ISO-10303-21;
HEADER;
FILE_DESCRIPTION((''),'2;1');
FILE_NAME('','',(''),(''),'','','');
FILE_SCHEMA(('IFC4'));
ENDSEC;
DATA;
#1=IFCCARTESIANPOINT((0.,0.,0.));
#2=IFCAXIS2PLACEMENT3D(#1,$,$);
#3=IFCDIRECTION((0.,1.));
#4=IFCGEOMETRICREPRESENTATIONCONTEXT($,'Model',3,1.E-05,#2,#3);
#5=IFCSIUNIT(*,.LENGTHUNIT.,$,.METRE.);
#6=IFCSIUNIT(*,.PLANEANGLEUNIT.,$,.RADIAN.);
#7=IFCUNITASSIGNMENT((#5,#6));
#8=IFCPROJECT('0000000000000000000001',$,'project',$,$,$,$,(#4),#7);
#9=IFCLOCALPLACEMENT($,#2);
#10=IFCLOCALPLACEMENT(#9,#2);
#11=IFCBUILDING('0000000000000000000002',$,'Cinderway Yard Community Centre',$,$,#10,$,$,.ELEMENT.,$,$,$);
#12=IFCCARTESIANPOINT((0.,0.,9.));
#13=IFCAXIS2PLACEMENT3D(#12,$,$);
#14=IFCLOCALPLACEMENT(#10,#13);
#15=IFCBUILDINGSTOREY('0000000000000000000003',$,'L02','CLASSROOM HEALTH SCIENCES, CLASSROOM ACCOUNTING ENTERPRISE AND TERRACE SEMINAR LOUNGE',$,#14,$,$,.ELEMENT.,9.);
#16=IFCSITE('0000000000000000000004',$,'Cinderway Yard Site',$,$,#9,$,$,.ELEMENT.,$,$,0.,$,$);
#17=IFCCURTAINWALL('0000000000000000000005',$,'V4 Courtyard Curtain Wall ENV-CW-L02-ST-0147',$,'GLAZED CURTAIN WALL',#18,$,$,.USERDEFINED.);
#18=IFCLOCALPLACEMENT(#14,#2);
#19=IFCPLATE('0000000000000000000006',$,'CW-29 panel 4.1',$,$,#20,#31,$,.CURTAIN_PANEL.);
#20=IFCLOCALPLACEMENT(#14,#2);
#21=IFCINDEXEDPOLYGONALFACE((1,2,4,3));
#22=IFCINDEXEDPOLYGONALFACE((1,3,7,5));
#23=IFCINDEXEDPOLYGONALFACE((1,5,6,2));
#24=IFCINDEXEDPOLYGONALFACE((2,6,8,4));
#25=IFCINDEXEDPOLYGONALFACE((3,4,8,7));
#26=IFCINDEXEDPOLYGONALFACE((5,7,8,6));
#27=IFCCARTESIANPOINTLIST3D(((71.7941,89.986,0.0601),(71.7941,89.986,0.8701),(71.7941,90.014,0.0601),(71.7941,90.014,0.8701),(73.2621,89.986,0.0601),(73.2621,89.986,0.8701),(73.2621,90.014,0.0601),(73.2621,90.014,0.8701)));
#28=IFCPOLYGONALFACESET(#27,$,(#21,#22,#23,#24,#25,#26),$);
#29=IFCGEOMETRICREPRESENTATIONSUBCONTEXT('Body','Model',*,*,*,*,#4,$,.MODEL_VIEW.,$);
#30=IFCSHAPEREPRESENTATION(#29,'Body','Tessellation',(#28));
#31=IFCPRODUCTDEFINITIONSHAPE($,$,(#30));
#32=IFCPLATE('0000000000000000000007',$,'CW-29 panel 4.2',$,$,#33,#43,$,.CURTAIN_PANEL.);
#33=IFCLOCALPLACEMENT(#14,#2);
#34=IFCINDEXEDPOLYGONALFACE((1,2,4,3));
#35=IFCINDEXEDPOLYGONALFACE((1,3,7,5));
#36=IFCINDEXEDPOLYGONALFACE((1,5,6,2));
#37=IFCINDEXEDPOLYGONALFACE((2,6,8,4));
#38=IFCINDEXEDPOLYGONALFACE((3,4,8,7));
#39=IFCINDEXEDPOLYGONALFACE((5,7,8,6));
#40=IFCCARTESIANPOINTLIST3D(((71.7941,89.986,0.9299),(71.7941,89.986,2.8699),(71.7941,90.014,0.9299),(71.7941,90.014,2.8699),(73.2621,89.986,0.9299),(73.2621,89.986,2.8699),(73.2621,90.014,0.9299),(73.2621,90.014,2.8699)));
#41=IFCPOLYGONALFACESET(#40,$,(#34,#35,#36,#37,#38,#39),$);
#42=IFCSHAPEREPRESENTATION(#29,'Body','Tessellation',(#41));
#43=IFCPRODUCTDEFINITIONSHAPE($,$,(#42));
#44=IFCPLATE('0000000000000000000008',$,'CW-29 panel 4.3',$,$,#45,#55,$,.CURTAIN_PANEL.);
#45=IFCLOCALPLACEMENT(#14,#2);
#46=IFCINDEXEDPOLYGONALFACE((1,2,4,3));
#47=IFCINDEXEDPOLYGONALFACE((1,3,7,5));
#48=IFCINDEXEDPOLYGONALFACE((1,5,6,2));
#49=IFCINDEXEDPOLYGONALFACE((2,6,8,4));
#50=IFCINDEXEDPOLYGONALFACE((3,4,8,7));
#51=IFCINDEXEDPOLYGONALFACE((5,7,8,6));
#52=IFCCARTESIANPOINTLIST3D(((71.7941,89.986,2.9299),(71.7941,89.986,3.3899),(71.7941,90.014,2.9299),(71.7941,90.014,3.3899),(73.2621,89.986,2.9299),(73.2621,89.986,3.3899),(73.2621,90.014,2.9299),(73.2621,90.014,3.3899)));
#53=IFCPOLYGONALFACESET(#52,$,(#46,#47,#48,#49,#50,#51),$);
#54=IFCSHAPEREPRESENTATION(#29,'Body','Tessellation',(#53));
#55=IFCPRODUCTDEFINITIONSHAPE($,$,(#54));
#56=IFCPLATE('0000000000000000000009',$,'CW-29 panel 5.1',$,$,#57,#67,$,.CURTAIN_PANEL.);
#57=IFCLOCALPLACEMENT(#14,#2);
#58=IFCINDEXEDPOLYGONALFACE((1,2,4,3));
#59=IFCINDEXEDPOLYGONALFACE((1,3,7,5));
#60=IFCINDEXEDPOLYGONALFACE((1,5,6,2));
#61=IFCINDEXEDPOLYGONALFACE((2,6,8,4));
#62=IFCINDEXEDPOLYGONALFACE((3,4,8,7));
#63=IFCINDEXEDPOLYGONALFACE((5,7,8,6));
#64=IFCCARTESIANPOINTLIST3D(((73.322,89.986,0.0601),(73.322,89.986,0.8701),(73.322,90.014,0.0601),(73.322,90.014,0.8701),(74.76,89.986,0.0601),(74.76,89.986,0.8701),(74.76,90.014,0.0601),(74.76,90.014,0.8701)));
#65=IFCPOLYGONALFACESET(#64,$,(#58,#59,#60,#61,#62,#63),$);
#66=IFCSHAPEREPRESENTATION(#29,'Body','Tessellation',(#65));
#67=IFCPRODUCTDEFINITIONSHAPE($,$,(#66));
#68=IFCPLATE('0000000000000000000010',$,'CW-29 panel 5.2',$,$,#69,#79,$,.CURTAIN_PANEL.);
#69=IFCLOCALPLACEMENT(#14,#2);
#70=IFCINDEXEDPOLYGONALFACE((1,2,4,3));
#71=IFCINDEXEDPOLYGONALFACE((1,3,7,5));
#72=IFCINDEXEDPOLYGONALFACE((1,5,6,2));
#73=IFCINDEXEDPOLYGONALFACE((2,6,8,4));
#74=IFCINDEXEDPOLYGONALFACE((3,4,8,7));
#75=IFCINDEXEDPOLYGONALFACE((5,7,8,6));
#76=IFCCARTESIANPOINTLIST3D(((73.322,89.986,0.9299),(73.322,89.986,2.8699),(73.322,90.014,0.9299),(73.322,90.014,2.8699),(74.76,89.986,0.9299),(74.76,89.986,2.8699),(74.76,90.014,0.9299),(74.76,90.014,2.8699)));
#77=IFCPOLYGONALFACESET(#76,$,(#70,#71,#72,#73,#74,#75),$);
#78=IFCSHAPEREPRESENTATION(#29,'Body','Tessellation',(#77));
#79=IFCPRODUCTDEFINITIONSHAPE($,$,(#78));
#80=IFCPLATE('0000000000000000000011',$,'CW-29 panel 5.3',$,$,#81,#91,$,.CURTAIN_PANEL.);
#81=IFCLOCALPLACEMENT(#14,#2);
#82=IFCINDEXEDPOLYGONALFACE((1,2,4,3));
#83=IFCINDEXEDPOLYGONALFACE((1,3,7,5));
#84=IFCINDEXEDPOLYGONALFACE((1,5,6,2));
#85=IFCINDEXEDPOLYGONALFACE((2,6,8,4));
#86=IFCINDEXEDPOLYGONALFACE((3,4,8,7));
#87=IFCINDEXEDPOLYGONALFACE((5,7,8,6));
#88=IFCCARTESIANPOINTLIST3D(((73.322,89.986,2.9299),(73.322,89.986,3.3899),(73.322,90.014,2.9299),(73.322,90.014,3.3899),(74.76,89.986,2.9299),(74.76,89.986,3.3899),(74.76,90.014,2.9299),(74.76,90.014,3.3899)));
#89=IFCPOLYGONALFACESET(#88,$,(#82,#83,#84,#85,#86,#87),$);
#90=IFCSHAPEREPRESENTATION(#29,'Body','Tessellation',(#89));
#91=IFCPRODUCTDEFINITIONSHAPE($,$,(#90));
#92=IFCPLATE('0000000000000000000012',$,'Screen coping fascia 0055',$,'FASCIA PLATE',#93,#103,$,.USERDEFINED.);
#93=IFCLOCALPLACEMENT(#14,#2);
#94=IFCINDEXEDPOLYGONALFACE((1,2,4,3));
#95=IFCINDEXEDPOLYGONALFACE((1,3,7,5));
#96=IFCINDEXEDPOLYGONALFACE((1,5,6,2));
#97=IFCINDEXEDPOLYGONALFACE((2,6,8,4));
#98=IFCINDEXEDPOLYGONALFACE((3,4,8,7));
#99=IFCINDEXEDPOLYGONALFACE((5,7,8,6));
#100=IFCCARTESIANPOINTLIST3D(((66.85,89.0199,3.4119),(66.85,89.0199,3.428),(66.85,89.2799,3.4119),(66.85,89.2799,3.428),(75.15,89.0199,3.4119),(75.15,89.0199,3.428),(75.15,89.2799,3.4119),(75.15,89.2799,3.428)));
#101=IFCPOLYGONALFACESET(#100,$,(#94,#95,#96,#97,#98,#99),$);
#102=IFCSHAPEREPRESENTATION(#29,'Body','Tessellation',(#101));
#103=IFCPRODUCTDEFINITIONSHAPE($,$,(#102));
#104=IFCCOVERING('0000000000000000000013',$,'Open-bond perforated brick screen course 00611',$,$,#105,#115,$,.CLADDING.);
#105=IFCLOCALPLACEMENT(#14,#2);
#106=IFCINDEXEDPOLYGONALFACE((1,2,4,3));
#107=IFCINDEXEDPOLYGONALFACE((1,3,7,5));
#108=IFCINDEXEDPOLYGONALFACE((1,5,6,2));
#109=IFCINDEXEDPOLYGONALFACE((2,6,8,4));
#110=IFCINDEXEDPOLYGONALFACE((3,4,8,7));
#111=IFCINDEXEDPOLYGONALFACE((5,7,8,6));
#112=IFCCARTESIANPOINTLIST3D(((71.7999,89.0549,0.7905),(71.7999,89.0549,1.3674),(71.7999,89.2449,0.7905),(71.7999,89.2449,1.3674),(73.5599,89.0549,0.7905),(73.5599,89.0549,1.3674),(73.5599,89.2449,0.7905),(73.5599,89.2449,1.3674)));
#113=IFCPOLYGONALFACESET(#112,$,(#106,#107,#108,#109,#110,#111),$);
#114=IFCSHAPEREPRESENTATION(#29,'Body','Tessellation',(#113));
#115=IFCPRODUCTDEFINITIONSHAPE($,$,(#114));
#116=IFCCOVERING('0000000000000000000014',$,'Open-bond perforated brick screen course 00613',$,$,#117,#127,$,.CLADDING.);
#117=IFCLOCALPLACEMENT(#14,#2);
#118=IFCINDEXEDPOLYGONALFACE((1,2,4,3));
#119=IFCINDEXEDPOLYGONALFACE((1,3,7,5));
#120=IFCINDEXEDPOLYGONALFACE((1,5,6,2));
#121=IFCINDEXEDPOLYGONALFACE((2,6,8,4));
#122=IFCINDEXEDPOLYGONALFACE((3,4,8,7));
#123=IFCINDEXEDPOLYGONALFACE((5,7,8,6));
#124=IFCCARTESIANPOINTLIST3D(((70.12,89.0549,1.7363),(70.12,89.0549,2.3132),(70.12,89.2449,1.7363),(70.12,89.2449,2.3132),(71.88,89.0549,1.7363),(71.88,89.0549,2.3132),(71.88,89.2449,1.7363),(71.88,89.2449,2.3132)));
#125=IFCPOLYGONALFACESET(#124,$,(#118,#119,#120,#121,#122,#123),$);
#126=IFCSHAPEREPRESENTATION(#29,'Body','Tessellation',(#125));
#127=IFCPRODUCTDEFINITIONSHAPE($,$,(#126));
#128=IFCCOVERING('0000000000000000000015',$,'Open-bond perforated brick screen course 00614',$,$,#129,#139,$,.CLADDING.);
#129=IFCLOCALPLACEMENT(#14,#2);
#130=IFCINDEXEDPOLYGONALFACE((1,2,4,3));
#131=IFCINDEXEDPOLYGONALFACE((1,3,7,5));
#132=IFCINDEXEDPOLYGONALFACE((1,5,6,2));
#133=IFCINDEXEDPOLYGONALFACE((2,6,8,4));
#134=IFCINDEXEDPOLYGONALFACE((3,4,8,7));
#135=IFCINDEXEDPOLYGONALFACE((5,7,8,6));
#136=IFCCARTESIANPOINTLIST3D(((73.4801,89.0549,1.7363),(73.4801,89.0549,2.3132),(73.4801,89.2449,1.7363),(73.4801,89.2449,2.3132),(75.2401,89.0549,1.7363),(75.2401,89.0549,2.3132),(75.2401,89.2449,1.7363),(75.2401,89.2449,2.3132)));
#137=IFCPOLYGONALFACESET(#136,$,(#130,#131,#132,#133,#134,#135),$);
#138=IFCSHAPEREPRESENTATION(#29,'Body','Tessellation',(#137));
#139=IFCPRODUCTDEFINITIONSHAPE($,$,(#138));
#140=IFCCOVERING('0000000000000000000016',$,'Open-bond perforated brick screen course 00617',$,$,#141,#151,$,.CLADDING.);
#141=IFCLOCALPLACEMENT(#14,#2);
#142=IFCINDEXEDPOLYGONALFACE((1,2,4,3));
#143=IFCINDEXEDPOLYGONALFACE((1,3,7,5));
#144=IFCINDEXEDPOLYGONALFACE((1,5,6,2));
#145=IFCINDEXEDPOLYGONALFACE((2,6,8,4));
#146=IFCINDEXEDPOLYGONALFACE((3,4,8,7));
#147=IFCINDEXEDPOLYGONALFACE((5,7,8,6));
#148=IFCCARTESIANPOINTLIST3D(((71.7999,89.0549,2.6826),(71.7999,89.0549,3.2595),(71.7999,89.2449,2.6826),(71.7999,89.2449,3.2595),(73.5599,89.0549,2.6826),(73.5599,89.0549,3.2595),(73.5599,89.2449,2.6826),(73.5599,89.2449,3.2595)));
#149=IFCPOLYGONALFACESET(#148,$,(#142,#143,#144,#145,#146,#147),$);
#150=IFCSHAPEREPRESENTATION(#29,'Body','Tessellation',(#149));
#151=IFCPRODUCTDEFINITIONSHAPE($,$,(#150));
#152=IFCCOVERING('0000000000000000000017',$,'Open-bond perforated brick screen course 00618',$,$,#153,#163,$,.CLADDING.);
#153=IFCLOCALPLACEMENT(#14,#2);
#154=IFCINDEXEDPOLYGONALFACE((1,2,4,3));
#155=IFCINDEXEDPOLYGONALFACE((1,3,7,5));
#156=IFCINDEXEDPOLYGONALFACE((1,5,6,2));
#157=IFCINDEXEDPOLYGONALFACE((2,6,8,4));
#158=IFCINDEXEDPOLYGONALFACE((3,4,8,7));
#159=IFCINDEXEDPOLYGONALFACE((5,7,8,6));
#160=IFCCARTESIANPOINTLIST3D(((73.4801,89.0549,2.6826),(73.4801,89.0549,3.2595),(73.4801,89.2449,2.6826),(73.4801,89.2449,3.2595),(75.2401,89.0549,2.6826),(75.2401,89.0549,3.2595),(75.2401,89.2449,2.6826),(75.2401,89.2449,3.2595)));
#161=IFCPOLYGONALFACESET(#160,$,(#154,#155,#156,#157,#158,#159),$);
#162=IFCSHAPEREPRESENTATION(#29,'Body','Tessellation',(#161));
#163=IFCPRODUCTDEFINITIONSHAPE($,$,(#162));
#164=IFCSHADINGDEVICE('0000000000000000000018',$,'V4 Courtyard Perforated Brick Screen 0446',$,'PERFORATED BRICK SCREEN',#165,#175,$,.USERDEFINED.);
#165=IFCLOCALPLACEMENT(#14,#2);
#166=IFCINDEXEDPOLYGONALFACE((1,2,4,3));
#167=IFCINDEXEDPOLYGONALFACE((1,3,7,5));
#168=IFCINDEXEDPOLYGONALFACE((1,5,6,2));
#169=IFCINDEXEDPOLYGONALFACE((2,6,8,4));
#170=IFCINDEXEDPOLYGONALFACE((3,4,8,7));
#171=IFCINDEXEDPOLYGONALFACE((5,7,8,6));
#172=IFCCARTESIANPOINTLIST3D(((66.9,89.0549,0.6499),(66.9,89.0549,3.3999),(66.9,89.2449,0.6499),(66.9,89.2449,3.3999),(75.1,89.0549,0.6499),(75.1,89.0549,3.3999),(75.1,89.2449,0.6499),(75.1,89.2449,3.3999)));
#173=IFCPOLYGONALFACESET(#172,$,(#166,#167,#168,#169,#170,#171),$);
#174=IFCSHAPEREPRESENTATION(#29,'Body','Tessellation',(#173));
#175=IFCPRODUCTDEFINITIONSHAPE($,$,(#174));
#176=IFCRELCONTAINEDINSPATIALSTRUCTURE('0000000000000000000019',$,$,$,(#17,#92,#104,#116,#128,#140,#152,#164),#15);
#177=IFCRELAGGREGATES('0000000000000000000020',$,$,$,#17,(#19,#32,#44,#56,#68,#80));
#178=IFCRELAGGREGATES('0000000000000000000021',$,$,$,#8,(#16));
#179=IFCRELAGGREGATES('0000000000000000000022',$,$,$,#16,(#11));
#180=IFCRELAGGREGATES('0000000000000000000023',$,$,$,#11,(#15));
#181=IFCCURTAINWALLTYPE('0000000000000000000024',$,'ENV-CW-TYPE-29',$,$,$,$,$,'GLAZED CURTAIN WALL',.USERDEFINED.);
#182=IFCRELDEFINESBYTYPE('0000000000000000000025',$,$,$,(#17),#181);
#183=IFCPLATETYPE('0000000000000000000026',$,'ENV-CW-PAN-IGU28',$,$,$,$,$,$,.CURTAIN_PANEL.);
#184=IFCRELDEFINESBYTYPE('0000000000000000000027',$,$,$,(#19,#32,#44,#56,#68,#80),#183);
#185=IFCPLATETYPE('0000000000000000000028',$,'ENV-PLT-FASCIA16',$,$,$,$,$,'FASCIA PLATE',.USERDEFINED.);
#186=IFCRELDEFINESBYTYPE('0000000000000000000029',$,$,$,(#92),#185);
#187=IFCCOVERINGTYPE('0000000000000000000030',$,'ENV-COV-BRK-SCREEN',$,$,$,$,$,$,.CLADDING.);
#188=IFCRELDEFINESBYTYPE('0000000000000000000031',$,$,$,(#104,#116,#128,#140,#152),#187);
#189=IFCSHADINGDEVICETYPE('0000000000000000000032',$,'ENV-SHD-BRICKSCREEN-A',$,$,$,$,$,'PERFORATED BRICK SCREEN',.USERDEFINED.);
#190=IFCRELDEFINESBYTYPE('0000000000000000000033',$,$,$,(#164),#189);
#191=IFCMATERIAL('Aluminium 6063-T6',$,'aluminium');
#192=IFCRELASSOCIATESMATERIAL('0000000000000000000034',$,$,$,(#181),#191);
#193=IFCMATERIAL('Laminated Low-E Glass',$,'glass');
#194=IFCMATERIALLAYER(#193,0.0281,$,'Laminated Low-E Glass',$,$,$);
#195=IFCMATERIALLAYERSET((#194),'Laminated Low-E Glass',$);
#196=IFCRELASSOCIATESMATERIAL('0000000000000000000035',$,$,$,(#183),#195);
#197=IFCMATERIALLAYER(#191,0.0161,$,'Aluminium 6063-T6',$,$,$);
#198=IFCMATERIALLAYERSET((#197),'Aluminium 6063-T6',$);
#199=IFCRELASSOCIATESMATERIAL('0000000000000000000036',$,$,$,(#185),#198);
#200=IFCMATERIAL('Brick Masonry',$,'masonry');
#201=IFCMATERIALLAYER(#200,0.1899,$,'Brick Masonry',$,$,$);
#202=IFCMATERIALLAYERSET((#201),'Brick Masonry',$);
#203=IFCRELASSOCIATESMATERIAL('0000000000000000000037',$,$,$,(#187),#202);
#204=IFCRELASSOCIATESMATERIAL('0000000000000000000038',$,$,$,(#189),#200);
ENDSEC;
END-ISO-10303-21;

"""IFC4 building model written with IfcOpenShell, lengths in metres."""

from ifc_helpers import new_model, si_unit, direction, frame, origin, origin_2d, place, context, subcontext, project, spatial, rectangle, extrude, material, layer, layer_set, type_object, element, aggregate, save


model = new_model("IFC4")

# Units and contexts
model_context = context("Model", 3, precision=1e-05, world=origin(), true_north=direction((0.0, 1.0)))
body_context = subcontext(model_context, "Body", "Model", "MODEL_VIEW")
ifc_project = project(units=[si_unit("LENGTHUNIT", "METRE"), si_unit("PLANEANGLEUNIT", "RADIAN")], contexts=[model_context])

# Site, building, storey
site_placement = place(None, origin())
site = spatial("IfcSite", under=ifc_project, at=site_placement, Name="Cinderway Yard Site", CompositionType="ELEMENT", RefElevation=0.0)
building_placement = place(site_placement, origin())
building = spatial("IfcBuilding", under=site, at=building_placement, Name="Cinderway Yard Community Centre", CompositionType="ELEMENT")
storey_placement = place(building_placement, frame((0.0, 0.0, 9.0)))
storey = spatial("IfcBuildingStorey", under=building, at=storey_placement, Name="L02", Description="CLASSROOM HEALTH SCIENCES, CLASSROOM ACCOUNTING ENTERPRISE AND TERRACE SEMINAR LOUNGE", CompositionType="ELEMENT", Elevation=9.0)

# Curtain wall
ifc_material_1 = material(Name="Aluminium 6063-T6", Category="aluminium")
curtain_wall_type = type_object("IfcCurtainWallType", Name="ENV-CW-TYPE-29", ElementType="GLAZED CURTAIN WALL", PredefinedType="USERDEFINED", material=ifc_material_1)
curtain_wall_placement = place(storey_placement, origin())
curtain_wall = element("IfcCurtainWall", 1, at=curtain_wall_placement, inside=storey, type_object=curtain_wall_type, Name="V4 Courtyard Curtain Wall ENV-CW-L02-ST-0147", ObjectType="GLAZED CURTAIN WALL", PredefinedType="USERDEFINED")

# Plates
ifc_material_2 = material(Name="Laminated Low-E Glass", Category="glass")
ifc_layer_1 = layer(ifc_material_2, 0.0281, Name="Laminated Low-E Glass")
ifc_layer_set_1 = layer_set([ifc_layer_1], Name="Laminated Low-E Glass")
plate_type_1 = type_object("IfcPlateType", Name="ENV-CW-PAN-IGU28", PredefinedType="CURTAIN_PANEL", material=ifc_layer_set_1)
plate_1_placement = place(storey_placement, frame((72.5281, 90.0, 0.0601), z_axis=(0.0, 0.0, 1.0), x_axis=(1.0, 0.0, 0.0)))
plate_1 = element("IfcPlate", 2, at=plate_1_placement, type_object=plate_type_1, Name="CW-29 panel 4.1", PredefinedType="CURTAIN_PANEL", context=body_context, shape_type="SweptSolid", body=[
    extrude(rectangle(XDim=1.468, YDim=0.0281, at=origin_2d()), origin(), (0.0, 0.0, 1.0), 0.8101),
])
plate_2_placement = place(storey_placement, frame((72.5281, 90.0, 0.9299), z_axis=(0.0, 0.0, 1.0), x_axis=(1.0, 0.0, 0.0)))
plate_2 = element("IfcPlate", 3, at=plate_2_placement, type_object=plate_type_1, Name="CW-29 panel 4.2", PredefinedType="CURTAIN_PANEL", context=body_context, shape_type="SweptSolid", body=[
    extrude(rectangle(XDim=1.468, YDim=0.0281, at=origin_2d()), origin(), (0.0, 0.0, 1.0), 1.9399),
])
plate_3_placement = place(storey_placement, frame((72.5281, 90.0, 2.9299), z_axis=(0.0, 0.0, 1.0), x_axis=(1.0, 0.0, 0.0)))
plate_3 = element("IfcPlate", 4, at=plate_3_placement, type_object=plate_type_1, Name="CW-29 panel 4.3", PredefinedType="CURTAIN_PANEL", context=body_context, shape_type="SweptSolid", body=[
    extrude(rectangle(XDim=1.468, YDim=0.0281, at=origin_2d()), origin(), (0.0, 0.0, 1.0), 0.46),
])
plate_4_placement = place(storey_placement, frame((74.041, 90.0, 0.0601), z_axis=(0.0, 0.0, 1.0), x_axis=(1.0, 0.0, 0.0)))
plate_4 = element("IfcPlate", 5, at=plate_4_placement, type_object=plate_type_1, Name="CW-29 panel 5.1", PredefinedType="CURTAIN_PANEL", context=body_context, shape_type="SweptSolid", body=[
    extrude(rectangle(XDim=1.438, YDim=0.0281, at=origin_2d()), origin(), (0.0, 0.0, 1.0), 0.8101),
])
plate_5_placement = place(storey_placement, frame((74.041, 90.0, 0.9299), z_axis=(0.0, 0.0, 1.0), x_axis=(1.0, 0.0, 0.0)))
plate_5 = element("IfcPlate", 6, at=plate_5_placement, type_object=plate_type_1, Name="CW-29 panel 5.2", PredefinedType="CURTAIN_PANEL", context=body_context, shape_type="SweptSolid", body=[
    extrude(rectangle(XDim=1.438, YDim=0.0281, at=origin_2d()), origin(), (0.0, 0.0, 1.0), 1.9399),
])
plate_6_placement = place(storey_placement, frame((74.041, 90.0, 2.9299), z_axis=(0.0, 0.0, 1.0), x_axis=(1.0, 0.0, 0.0)))
plate_6 = element("IfcPlate", 7, at=plate_6_placement, type_object=plate_type_1, Name="CW-29 panel 5.3", PredefinedType="CURTAIN_PANEL", context=body_context, shape_type="SweptSolid", body=[
    extrude(rectangle(XDim=1.438, YDim=0.0281, at=origin_2d()), origin(), (0.0, 0.0, 1.0), 0.46),
])
aggregate(curtain_wall, [plate_1, plate_2, plate_3, plate_4, plate_5, plate_6])
ifc_layer_2 = layer(ifc_material_1, 0.0161, Name="Aluminium 6063-T6")
ifc_layer_set_2 = layer_set([ifc_layer_2], Name="Aluminium 6063-T6")
plate_type_2 = type_object("IfcPlateType", Name="ENV-PLT-FASCIA16", ElementType="FASCIA PLATE", PredefinedType="USERDEFINED", material=ifc_layer_set_2)
plate_7_placement = place(storey_placement, frame((71.0, 89.1499, 3.4119), z_axis=(0.0, 0.0, 1.0), x_axis=(-1.0, 0.0, 0.0)))
element("IfcPlate", 8, at=plate_7_placement, inside=storey, type_object=plate_type_2, Name="Screen coping fascia 0055", ObjectType="FASCIA PLATE", PredefinedType="USERDEFINED", context=body_context, shape_type="SweptSolid", body=[
    extrude(rectangle(XDim=8.3, YDim=0.26, at=origin_2d()), origin(), (0.0, 0.0, 1.0), 0.0161),
])

# Coverings
ifc_material_3 = material(Name="Brick Masonry", Category="masonry")
ifc_layer_3 = layer(ifc_material_3, 0.1899, Name="Brick Masonry")
ifc_layer_set_3 = layer_set([ifc_layer_3], Name="Brick Masonry")
covering_type = type_object("IfcCoveringType", Name="ENV-COV-BRK-SCREEN", PredefinedType="CLADDING", material=ifc_layer_set_3)
for number, where, z_axis, x_axis, name in (
    (9, (72.6799, 89.1499, 0.7905), (0.0, 0.0, 1.0), (-1.0, 0.0, 0.0), "Open-bond perforated brick screen course 00611"),
    (10, (71.0, 89.1499, 1.7363), (0.0, 0.0, 1.0), (-1.0, 0.0, 0.0), "Open-bond perforated brick screen course 00613"),
    (11, (74.3601, 89.1499, 1.7363), (0.0, 0.0, 1.0), (-1.0, 0.0, 0.0), "Open-bond perforated brick screen course 00614"),
    (12, (72.6799, 89.1499, 2.6826), (0.0, 0.0, 1.0), (-1.0, 0.0, 0.0), "Open-bond perforated brick screen course 00617"),
    (13, (74.3601, 89.1499, 2.6826), (0.0, 0.0, 1.0), (-1.0, 0.0, 0.0), "Open-bond perforated brick screen course 00618"),
):
    element("IfcCovering", number, at=place(storey_placement, frame(where, z_axis=z_axis, x_axis=x_axis)), inside=storey, type_object=covering_type, Name=name, PredefinedType="CLADDING", context=body_context, shape_type="SweptSolid", body=[
        extrude(rectangle(XDim=1.76, YDim=0.1899, at=origin_2d()), origin(), (0.0, 0.0, 1.0), 0.5769),
    ])

# Shading device
shading_device_type = type_object("IfcShadingDeviceType", Name="ENV-SHD-BRICKSCREEN-A", ElementType="PERFORATED BRICK SCREEN", PredefinedType="USERDEFINED", material=ifc_material_3)
shading_device_placement = place(storey_placement, frame((71.0, 89.1499, 0.6499), z_axis=(0.0, 0.0, 1.0), x_axis=(-1.0, 0.0, 0.0)))
element("IfcShadingDevice", 14, at=shading_device_placement, inside=storey, type_object=shading_device_type, Name="V4 Courtyard Perforated Brick Screen 0446", ObjectType="PERFORATED BRICK SCREEN", PredefinedType="USERDEFINED", context=body_context, shape_type="SweptSolid", body=[
    extrude(rectangle(XDim=8.2, YDim=0.1899, at=origin_2d()), origin(), (0.0, 0.0, 1.0), 2.75),
])

save(model, "model.ifc")
